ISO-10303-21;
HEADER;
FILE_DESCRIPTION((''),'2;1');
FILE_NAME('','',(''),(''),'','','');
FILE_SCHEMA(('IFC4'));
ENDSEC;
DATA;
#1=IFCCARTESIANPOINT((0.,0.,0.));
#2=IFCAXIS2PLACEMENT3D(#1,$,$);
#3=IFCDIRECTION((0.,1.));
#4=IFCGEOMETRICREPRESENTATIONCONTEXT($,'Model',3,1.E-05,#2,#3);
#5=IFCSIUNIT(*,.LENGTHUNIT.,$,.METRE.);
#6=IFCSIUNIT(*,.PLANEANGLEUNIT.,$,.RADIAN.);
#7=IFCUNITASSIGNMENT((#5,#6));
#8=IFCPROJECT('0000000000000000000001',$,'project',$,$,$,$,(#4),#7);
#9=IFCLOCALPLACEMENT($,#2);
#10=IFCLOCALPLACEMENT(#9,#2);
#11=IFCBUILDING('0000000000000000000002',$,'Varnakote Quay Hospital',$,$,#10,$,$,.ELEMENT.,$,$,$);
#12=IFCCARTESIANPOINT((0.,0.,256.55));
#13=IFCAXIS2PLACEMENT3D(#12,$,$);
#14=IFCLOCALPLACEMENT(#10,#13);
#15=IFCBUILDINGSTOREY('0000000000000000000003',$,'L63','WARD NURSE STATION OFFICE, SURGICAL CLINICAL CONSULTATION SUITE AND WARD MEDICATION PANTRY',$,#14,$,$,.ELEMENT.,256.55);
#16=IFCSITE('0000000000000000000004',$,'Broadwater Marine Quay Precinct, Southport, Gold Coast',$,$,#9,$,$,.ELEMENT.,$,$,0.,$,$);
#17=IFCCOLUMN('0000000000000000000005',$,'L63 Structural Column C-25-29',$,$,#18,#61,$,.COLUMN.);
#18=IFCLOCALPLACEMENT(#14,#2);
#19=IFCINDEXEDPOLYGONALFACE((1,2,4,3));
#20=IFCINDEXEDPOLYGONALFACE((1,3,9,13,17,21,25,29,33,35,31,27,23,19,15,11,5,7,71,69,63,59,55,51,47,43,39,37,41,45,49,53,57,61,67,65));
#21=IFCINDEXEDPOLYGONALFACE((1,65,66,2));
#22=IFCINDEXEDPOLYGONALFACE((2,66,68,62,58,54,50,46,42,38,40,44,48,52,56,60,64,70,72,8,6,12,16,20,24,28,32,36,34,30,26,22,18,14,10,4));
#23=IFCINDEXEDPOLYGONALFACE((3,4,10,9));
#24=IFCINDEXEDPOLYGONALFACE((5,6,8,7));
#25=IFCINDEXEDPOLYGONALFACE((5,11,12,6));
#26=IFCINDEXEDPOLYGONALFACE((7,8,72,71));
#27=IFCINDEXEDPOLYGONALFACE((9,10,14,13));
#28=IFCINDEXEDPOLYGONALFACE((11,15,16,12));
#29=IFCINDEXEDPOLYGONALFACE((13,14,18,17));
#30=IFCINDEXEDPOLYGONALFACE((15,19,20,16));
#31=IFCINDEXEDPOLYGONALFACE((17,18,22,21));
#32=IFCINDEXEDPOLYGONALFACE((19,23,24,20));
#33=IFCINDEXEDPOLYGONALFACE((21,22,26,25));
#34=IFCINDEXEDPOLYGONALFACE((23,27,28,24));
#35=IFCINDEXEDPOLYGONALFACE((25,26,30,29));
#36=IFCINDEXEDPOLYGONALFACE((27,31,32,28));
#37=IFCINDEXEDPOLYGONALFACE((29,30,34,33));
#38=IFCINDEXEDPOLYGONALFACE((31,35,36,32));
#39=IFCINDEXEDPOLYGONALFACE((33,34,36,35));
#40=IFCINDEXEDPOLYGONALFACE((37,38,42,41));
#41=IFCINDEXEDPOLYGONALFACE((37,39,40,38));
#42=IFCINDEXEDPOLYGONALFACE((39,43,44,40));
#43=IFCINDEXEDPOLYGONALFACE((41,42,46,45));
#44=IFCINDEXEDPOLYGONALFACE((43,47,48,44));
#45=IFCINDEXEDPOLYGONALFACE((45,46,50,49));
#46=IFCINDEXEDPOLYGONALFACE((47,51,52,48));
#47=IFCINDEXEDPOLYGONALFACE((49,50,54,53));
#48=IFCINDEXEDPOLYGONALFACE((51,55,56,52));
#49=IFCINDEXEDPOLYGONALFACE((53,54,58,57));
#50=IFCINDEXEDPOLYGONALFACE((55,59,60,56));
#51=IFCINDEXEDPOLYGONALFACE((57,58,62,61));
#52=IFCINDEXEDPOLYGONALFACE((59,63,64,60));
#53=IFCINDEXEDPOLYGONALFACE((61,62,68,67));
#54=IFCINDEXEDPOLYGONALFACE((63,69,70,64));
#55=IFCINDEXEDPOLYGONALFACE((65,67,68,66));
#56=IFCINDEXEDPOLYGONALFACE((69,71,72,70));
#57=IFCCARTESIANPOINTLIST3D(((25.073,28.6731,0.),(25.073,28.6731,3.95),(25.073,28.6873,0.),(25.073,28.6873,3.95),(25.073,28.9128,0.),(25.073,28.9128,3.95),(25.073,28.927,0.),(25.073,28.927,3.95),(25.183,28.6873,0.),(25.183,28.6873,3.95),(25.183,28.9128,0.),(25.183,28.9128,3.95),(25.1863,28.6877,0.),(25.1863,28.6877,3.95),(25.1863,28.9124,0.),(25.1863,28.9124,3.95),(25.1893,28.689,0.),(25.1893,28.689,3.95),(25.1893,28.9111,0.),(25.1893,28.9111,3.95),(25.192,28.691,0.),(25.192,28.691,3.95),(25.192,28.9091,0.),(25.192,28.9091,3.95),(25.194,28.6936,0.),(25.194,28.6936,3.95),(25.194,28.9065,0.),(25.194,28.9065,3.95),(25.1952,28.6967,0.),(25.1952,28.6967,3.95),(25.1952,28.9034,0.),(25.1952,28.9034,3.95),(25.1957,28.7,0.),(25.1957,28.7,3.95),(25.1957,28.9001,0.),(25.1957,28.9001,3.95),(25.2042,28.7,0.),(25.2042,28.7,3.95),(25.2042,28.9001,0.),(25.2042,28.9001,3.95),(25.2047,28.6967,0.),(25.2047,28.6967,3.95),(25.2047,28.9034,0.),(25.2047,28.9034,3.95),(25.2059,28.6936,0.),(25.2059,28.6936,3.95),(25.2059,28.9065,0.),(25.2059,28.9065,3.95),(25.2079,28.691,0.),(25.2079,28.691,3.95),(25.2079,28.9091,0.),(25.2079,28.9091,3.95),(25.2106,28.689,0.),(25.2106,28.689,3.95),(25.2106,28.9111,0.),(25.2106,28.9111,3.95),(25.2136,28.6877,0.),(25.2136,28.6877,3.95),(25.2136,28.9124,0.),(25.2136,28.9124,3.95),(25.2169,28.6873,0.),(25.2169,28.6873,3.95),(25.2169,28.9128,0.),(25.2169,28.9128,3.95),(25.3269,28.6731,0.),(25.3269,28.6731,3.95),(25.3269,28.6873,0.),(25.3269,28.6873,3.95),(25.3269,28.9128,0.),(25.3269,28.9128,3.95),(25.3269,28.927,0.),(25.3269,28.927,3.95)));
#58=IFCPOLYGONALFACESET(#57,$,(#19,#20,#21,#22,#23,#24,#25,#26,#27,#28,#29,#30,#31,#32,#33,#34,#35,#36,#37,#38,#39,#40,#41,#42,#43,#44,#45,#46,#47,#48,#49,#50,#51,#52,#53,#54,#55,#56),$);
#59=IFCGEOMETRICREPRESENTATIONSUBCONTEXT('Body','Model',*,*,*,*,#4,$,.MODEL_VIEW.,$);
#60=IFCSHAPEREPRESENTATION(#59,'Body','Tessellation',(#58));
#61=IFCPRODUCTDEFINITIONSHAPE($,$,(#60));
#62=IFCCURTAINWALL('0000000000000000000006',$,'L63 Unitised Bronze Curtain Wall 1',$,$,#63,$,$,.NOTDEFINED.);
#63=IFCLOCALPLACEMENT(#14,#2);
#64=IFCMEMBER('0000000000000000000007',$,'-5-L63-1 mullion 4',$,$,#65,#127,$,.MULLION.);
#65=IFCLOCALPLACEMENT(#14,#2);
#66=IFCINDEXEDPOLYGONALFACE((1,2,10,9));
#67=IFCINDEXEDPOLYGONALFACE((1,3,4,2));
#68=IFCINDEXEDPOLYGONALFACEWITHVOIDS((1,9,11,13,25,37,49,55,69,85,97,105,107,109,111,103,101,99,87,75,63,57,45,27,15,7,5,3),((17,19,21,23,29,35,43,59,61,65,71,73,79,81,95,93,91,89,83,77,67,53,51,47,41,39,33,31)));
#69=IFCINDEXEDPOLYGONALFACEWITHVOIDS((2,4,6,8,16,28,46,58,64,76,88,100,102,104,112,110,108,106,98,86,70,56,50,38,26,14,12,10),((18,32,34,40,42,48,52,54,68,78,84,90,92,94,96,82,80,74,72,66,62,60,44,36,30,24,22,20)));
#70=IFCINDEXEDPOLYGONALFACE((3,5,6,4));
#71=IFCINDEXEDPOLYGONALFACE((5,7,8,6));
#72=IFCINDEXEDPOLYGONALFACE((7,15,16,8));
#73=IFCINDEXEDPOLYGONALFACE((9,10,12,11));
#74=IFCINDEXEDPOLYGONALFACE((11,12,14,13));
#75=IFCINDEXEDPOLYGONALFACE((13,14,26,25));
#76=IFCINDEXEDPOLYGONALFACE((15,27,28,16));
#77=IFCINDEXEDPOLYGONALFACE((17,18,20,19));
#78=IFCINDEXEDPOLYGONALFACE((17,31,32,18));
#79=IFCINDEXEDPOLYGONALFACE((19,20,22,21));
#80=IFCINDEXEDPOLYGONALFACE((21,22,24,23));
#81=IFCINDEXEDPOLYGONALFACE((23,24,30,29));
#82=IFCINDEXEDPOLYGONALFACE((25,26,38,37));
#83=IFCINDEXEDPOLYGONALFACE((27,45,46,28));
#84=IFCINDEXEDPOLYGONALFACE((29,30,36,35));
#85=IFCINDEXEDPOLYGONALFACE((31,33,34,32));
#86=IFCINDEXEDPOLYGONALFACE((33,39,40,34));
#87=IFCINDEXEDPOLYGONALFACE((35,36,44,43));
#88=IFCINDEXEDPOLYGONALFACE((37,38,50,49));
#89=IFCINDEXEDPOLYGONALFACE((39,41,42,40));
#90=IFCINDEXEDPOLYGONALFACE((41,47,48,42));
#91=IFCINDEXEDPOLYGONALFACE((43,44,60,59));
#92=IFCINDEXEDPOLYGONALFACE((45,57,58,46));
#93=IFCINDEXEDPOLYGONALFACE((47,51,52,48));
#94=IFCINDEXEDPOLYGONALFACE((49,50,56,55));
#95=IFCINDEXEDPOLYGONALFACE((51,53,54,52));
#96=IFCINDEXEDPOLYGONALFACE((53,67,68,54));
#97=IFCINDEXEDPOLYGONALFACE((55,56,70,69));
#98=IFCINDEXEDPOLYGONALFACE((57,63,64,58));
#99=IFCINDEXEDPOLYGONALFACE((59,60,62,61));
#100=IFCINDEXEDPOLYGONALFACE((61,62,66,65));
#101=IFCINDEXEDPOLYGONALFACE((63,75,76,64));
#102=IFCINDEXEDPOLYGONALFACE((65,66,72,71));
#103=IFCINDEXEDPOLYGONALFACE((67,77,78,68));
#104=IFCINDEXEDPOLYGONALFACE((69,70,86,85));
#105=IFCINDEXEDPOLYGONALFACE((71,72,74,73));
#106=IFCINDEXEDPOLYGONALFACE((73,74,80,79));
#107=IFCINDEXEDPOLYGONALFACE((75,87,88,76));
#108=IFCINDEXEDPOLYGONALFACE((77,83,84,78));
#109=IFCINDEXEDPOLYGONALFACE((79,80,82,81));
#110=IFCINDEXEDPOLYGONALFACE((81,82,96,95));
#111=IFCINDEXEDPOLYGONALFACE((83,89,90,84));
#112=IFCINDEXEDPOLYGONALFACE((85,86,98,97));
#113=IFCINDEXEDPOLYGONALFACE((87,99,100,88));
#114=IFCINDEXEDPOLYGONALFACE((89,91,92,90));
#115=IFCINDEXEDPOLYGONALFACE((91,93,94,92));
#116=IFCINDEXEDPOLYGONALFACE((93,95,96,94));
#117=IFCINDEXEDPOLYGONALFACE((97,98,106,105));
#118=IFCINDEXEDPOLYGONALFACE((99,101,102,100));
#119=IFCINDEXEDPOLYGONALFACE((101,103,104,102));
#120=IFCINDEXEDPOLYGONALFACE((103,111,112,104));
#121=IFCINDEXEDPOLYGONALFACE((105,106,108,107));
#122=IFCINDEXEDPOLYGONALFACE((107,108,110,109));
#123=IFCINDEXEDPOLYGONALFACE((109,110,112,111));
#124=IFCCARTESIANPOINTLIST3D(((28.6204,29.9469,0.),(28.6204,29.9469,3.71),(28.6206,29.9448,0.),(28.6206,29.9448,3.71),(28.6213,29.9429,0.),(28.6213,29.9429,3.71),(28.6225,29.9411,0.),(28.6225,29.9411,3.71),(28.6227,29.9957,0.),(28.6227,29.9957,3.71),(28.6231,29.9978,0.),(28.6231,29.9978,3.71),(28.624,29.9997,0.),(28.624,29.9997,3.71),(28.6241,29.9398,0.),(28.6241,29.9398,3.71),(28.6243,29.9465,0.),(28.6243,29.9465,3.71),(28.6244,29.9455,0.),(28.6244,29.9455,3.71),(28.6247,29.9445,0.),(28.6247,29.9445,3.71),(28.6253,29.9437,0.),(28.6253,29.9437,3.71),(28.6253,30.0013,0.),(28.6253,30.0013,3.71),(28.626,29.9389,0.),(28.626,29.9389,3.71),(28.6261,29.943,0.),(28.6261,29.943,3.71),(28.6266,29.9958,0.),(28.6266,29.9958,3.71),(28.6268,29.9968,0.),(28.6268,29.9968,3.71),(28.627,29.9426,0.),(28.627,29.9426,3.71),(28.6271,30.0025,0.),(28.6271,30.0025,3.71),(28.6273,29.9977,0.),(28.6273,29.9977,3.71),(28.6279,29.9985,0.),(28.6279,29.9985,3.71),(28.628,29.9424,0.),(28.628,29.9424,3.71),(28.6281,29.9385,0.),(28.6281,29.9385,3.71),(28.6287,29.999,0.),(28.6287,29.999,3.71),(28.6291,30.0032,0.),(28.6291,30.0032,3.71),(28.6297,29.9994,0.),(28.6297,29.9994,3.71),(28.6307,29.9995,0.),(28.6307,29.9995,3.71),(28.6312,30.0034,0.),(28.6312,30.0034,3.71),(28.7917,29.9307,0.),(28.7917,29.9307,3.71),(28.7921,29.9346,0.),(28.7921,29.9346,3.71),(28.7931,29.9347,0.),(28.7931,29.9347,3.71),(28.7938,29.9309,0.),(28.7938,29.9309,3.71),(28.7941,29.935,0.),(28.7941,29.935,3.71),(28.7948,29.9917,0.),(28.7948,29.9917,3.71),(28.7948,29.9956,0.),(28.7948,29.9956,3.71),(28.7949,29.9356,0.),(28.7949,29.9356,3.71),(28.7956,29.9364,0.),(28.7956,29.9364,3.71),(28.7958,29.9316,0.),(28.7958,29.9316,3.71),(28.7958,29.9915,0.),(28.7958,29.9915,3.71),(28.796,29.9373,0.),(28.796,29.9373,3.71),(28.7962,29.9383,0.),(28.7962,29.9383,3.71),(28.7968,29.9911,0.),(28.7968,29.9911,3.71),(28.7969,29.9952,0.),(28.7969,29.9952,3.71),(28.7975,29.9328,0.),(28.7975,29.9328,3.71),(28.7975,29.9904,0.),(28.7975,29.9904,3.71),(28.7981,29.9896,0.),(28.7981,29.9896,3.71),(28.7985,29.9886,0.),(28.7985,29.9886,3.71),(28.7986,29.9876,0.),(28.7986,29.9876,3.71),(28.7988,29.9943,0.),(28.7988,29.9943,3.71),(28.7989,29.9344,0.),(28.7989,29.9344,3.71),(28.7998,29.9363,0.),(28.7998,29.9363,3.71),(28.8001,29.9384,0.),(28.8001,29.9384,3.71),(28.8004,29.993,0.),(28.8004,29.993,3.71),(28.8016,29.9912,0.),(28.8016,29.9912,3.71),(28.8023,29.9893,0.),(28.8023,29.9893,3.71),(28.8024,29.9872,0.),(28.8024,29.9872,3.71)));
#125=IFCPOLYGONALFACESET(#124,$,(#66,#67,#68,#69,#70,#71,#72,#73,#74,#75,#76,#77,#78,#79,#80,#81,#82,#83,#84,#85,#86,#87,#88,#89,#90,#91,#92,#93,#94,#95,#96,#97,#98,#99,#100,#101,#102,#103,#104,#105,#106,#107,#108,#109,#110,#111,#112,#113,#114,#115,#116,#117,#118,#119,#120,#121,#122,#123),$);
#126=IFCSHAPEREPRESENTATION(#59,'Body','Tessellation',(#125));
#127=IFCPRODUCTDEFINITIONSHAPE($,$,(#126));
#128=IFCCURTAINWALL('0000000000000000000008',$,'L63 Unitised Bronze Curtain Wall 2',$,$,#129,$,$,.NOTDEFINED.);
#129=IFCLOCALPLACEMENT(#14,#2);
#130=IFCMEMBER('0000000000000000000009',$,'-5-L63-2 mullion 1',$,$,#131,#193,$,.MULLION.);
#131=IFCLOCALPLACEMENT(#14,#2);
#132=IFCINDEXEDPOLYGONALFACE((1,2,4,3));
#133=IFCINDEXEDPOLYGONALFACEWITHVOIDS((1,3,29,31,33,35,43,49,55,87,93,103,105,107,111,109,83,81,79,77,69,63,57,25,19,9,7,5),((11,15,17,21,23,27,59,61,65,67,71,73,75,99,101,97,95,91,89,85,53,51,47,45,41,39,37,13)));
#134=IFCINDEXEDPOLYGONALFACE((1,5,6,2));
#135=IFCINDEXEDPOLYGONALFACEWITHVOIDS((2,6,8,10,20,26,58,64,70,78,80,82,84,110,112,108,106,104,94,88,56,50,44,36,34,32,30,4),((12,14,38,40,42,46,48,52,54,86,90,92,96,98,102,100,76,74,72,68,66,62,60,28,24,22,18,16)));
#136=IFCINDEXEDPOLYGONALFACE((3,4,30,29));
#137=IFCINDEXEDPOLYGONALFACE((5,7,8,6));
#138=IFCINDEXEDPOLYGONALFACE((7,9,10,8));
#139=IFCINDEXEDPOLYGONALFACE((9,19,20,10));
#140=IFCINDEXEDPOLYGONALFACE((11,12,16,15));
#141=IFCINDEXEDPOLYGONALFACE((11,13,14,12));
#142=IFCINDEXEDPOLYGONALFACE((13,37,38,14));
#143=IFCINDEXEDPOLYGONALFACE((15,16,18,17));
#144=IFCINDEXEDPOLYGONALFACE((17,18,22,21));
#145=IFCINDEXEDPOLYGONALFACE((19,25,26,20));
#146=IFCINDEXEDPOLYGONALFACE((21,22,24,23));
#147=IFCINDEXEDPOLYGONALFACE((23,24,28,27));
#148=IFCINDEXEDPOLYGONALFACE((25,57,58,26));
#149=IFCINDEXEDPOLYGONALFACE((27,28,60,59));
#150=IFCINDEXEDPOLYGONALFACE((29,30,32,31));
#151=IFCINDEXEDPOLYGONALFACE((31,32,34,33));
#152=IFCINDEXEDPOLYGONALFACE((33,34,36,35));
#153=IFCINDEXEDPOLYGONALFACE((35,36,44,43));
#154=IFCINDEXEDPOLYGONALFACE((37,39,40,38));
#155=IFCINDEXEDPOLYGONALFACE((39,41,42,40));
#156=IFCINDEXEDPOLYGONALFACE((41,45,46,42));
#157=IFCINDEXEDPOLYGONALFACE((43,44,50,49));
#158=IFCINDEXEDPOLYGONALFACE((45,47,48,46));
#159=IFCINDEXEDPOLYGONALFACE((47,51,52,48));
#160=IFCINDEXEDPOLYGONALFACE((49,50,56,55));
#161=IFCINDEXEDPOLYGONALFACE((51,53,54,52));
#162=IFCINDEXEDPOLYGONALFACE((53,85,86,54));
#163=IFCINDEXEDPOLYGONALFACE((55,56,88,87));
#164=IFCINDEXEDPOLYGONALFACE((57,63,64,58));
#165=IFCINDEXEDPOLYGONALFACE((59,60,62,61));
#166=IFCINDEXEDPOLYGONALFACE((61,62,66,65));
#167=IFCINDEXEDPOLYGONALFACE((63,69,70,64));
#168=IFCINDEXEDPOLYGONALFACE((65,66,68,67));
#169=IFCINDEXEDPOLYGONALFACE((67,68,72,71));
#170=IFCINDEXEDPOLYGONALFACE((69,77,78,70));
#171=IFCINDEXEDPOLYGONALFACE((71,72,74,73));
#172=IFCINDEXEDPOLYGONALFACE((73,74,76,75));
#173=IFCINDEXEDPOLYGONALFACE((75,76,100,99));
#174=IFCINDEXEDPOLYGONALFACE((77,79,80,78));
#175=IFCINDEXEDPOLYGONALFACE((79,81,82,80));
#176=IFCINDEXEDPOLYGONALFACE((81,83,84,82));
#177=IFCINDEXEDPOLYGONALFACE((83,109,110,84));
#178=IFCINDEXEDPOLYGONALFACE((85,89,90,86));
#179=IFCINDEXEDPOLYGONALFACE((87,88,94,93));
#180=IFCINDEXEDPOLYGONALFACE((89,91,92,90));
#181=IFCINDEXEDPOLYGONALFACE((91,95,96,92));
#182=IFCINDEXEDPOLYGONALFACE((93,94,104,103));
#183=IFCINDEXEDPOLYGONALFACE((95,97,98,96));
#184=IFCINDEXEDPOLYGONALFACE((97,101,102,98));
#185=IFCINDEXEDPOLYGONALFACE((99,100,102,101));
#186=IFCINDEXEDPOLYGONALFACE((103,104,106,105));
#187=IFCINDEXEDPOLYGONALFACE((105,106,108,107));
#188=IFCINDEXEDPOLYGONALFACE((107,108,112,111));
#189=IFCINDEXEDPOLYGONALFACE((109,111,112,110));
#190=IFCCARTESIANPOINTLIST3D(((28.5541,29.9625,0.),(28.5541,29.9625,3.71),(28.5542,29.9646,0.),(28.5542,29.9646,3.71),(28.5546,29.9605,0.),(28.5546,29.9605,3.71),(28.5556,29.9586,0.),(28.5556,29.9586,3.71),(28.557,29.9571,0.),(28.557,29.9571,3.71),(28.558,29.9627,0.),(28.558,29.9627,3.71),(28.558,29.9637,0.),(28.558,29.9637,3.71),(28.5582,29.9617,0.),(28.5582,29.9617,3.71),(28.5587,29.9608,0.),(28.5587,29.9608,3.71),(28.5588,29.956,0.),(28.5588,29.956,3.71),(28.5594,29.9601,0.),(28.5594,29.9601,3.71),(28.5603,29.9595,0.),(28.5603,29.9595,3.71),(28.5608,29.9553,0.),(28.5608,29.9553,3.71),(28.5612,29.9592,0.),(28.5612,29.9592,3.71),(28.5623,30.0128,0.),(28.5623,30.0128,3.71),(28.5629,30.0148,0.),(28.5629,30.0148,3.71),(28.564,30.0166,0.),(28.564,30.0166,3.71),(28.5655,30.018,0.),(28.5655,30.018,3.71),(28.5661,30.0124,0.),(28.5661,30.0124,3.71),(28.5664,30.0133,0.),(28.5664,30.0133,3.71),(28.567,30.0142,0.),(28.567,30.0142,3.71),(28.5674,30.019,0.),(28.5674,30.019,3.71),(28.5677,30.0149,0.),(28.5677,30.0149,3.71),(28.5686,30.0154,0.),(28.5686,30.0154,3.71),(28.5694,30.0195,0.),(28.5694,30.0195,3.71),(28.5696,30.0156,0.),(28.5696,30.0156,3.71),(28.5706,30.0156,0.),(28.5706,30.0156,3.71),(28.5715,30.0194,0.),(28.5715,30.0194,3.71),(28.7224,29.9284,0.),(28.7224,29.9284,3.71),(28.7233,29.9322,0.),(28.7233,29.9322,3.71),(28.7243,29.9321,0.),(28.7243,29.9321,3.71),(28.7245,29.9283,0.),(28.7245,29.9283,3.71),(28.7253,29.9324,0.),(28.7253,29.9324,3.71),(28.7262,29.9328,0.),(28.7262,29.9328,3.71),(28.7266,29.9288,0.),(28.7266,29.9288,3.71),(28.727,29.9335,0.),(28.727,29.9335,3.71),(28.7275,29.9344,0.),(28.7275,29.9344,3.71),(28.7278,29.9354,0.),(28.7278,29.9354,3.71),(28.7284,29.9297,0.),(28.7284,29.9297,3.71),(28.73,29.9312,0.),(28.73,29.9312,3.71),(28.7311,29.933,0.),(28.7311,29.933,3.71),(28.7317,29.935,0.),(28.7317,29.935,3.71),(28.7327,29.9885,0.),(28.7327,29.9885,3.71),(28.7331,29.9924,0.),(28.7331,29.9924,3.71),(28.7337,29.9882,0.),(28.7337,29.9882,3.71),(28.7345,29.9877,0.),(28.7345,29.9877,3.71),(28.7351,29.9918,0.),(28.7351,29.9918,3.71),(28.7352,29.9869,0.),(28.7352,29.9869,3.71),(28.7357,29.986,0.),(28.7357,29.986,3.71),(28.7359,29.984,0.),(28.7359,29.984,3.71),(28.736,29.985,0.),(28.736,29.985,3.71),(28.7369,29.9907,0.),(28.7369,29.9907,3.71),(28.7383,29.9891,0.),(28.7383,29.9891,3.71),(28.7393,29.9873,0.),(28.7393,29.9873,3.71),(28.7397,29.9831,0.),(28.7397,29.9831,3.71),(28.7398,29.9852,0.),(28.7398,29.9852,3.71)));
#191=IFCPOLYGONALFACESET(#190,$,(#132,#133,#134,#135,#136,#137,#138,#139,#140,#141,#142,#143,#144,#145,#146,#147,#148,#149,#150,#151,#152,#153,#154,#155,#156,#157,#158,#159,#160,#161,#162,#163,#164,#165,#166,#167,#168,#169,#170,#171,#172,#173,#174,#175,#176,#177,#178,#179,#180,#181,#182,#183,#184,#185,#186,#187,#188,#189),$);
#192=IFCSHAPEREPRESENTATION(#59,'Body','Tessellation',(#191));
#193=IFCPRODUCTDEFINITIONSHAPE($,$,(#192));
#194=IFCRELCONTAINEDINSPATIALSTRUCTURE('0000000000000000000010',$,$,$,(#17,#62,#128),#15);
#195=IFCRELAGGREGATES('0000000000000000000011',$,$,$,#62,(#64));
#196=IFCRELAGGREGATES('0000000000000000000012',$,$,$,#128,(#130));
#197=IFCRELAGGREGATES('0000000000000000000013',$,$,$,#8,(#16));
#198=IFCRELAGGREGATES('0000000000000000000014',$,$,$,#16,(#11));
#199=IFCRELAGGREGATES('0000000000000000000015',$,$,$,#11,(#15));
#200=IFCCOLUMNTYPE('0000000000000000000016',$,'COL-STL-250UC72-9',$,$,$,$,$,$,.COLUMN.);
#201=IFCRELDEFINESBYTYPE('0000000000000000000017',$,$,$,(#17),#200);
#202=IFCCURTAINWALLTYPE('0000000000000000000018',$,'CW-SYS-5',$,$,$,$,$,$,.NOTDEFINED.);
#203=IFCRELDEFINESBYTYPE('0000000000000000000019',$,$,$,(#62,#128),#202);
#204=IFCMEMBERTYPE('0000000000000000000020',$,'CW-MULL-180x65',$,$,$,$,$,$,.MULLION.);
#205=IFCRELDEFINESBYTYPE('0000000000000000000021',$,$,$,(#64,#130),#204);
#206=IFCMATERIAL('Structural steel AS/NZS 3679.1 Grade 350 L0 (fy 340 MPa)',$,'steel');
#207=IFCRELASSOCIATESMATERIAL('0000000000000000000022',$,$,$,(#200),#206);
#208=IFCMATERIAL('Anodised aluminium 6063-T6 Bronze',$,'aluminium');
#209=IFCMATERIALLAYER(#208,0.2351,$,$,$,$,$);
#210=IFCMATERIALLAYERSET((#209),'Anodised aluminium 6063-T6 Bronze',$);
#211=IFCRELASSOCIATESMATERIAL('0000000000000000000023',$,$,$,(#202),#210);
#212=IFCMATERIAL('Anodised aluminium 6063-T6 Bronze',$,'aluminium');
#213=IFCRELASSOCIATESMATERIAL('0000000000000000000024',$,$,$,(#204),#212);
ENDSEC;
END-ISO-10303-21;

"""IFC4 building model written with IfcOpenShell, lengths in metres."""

from ifc_helpers import new_model, si_unit, direction, frame, origin, origin_2d, place, context, subcontext, project, spatial, hollow_rectangle, i_section, extrude, material, layer, layer_set, material_profile, profile_set, type_object, element, aggregate, save


model = new_model("IFC4")

# Units and contexts
model_context = context("Model", 3, precision=1e-05, world=origin(), true_north=direction((0.0, 1.0)))
body_context = subcontext(model_context, "Body", "Model", "MODEL_VIEW")
ifc_project = project(units=[si_unit("LENGTHUNIT", "METRE"), si_unit("PLANEANGLEUNIT", "RADIAN")], contexts=[model_context])

# Site, building, storey
site_placement = place(None, origin())
site = spatial("IfcSite", under=ifc_project, at=site_placement, Name="Broadwater Marine Quay Precinct, Southport, Gold Coast", CompositionType="ELEMENT", RefElevation=0.0)
building_placement = place(site_placement, origin())
building = spatial("IfcBuilding", under=site, at=building_placement, Name="Varnakote Quay Hospital", CompositionType="ELEMENT")
storey_placement = place(building_placement, frame((0.0, 0.0, 256.55)))
storey = spatial("IfcBuildingStorey", under=building, at=storey_placement, Name="L63", Description="WARD NURSE STATION OFFICE, SURGICAL CLINICAL CONSULTATION SUITE AND WARD MEDICATION PANTRY", CompositionType="ELEMENT", Elevation=256.55)

# Column
ifc_material_1 = material(Name="Structural steel AS/NZS 3679.1 Grade 350 L0 (fy 340 MPa)", Category="steel")
ifc_material_profile_1 = material_profile(ifc_material_1, i_section(OverallWidth=0.2539, OverallDepth=0.2539, WebThickness=0.0085, FlangeThickness=0.0142, FilletRadius=0.0127, at=origin_2d()), Name="250UC72.9")
ifc_profile_set_1 = profile_set([ifc_material_profile_1], Name="Structural steel AS/NZS 3679.1 Grade 350 L0 (fy 340 MPa)")
column_type = type_object("IfcColumnType", Name="COL-STL-250UC72-9", PredefinedType="COLUMN", material=ifc_profile_set_1)
column_placement = place(storey_placement, frame((25.2, 28.8, 0.0), z_axis=(0.0, 0.0, 1.0), x_axis=(1.0, 0.0, 0.0)))
element("IfcColumn", 1, at=column_placement, inside=storey, type_object=column_type, Name="L63 Structural Column C-25-29", PredefinedType="COLUMN", context=body_context, shape_type="SweptSolid", body=[
    extrude(i_section(OverallWidth=0.2539, OverallDepth=0.2539, WebThickness=0.0085, FlangeThickness=0.0142, FilletRadius=0.0127, at=origin_2d()), origin(), (0.0, 0.0, 1.0), 3.95),
])

# Curtain wall, member
ifc_material_2 = material(Name="Anodised aluminium 6063-T6 Bronze", Category="aluminium")
ifc_layer_1 = layer(ifc_material_2, 0.2351)
ifc_layer_set_1 = layer_set([ifc_layer_1], Name="Anodised aluminium 6063-T6 Bronze")
curtain_wall_type = type_object("IfcCurtainWallType", Name="CW-SYS-5", PredefinedType="NOTDEFINED", material=ifc_layer_set_1)
curtain_wall_1_placement = place(storey_placement, origin())
curtain_wall_1 = element("IfcCurtainWall", 2, at=curtain_wall_1_placement, inside=storey, type_object=curtain_wall_type, Name="L63 Unitised Bronze Curtain Wall 1", PredefinedType="NOTDEFINED")
ifc_material_3 = material(Name="Anodised aluminium 6063-T6 Bronze", Category="aluminium")
ifc_material_profile_2 = material_profile(ifc_material_3, hollow_rectangle(XDim=0.0649, YDim=0.1799, WallThickness=0.0039, InnerFilletRadius=0.0039, OuterFilletRadius=0.0081, at=origin_2d()), Name="CW-MULL-180x65")
ifc_profile_set_2 = profile_set([ifc_material_profile_2], Name="Anodised aluminium 6063-T6 Bronze")
member_type_1 = type_object("IfcMemberType", Name="CW-MULL-180x65", PredefinedType="MULLION", material=ifc_profile_set_2)
member_1_placement = place(storey_placement, frame((28.7114, 29.967, 0.0), z_axis=(0.0, 0.0, 1.0), x_axis=(-0.047497, -0.998871, 0.0)))
member_1 = element("IfcMember", 3, at=member_1_placement, type_object=member_type_1, Name="-5-L63-1 mullion 4", PredefinedType="MULLION", context=body_context, shape_type="SweptSolid", body=[
    extrude(hollow_rectangle(XDim=0.0649, YDim=0.1799, WallThickness=0.0039, InnerFilletRadius=0.0039, OuterFilletRadius=0.0081, at=origin_2d()), origin(), (0.0, 0.0, 1.0), 3.71),
])
aggregate(curtain_wall_1, [member_1])

# Curtain wall, member
curtain_wall_2_placement = place(storey_placement, origin())
curtain_wall_2 = element("IfcCurtainWall", 4, at=curtain_wall_2_placement, inside=storey, type_object=curtain_wall_type, Name="L63 Unitised Bronze Curtain Wall 2", PredefinedType="NOTDEFINED")
member_2_placement = place(storey_placement, frame((28.647, 29.9739, 0.0), z_axis=(0.0, 0.0, 1.0), x_axis=(-0.164694, -0.986345, 0.0)))
member_2 = element("IfcMember", 5, at=member_2_placement, type_object=member_type_1, Name="-5-L63-2 mullion 1", PredefinedType="MULLION", context=body_context, shape_type="SweptSolid", body=[
    extrude(hollow_rectangle(XDim=0.0649, YDim=0.1799, WallThickness=0.0039, InnerFilletRadius=0.0039, OuterFilletRadius=0.0081, at=origin_2d()), origin(), (0.0, 0.0, 1.0), 3.71),
])

aggregate(curtain_wall_2, [member_2])

save(model, "model.ifc")
